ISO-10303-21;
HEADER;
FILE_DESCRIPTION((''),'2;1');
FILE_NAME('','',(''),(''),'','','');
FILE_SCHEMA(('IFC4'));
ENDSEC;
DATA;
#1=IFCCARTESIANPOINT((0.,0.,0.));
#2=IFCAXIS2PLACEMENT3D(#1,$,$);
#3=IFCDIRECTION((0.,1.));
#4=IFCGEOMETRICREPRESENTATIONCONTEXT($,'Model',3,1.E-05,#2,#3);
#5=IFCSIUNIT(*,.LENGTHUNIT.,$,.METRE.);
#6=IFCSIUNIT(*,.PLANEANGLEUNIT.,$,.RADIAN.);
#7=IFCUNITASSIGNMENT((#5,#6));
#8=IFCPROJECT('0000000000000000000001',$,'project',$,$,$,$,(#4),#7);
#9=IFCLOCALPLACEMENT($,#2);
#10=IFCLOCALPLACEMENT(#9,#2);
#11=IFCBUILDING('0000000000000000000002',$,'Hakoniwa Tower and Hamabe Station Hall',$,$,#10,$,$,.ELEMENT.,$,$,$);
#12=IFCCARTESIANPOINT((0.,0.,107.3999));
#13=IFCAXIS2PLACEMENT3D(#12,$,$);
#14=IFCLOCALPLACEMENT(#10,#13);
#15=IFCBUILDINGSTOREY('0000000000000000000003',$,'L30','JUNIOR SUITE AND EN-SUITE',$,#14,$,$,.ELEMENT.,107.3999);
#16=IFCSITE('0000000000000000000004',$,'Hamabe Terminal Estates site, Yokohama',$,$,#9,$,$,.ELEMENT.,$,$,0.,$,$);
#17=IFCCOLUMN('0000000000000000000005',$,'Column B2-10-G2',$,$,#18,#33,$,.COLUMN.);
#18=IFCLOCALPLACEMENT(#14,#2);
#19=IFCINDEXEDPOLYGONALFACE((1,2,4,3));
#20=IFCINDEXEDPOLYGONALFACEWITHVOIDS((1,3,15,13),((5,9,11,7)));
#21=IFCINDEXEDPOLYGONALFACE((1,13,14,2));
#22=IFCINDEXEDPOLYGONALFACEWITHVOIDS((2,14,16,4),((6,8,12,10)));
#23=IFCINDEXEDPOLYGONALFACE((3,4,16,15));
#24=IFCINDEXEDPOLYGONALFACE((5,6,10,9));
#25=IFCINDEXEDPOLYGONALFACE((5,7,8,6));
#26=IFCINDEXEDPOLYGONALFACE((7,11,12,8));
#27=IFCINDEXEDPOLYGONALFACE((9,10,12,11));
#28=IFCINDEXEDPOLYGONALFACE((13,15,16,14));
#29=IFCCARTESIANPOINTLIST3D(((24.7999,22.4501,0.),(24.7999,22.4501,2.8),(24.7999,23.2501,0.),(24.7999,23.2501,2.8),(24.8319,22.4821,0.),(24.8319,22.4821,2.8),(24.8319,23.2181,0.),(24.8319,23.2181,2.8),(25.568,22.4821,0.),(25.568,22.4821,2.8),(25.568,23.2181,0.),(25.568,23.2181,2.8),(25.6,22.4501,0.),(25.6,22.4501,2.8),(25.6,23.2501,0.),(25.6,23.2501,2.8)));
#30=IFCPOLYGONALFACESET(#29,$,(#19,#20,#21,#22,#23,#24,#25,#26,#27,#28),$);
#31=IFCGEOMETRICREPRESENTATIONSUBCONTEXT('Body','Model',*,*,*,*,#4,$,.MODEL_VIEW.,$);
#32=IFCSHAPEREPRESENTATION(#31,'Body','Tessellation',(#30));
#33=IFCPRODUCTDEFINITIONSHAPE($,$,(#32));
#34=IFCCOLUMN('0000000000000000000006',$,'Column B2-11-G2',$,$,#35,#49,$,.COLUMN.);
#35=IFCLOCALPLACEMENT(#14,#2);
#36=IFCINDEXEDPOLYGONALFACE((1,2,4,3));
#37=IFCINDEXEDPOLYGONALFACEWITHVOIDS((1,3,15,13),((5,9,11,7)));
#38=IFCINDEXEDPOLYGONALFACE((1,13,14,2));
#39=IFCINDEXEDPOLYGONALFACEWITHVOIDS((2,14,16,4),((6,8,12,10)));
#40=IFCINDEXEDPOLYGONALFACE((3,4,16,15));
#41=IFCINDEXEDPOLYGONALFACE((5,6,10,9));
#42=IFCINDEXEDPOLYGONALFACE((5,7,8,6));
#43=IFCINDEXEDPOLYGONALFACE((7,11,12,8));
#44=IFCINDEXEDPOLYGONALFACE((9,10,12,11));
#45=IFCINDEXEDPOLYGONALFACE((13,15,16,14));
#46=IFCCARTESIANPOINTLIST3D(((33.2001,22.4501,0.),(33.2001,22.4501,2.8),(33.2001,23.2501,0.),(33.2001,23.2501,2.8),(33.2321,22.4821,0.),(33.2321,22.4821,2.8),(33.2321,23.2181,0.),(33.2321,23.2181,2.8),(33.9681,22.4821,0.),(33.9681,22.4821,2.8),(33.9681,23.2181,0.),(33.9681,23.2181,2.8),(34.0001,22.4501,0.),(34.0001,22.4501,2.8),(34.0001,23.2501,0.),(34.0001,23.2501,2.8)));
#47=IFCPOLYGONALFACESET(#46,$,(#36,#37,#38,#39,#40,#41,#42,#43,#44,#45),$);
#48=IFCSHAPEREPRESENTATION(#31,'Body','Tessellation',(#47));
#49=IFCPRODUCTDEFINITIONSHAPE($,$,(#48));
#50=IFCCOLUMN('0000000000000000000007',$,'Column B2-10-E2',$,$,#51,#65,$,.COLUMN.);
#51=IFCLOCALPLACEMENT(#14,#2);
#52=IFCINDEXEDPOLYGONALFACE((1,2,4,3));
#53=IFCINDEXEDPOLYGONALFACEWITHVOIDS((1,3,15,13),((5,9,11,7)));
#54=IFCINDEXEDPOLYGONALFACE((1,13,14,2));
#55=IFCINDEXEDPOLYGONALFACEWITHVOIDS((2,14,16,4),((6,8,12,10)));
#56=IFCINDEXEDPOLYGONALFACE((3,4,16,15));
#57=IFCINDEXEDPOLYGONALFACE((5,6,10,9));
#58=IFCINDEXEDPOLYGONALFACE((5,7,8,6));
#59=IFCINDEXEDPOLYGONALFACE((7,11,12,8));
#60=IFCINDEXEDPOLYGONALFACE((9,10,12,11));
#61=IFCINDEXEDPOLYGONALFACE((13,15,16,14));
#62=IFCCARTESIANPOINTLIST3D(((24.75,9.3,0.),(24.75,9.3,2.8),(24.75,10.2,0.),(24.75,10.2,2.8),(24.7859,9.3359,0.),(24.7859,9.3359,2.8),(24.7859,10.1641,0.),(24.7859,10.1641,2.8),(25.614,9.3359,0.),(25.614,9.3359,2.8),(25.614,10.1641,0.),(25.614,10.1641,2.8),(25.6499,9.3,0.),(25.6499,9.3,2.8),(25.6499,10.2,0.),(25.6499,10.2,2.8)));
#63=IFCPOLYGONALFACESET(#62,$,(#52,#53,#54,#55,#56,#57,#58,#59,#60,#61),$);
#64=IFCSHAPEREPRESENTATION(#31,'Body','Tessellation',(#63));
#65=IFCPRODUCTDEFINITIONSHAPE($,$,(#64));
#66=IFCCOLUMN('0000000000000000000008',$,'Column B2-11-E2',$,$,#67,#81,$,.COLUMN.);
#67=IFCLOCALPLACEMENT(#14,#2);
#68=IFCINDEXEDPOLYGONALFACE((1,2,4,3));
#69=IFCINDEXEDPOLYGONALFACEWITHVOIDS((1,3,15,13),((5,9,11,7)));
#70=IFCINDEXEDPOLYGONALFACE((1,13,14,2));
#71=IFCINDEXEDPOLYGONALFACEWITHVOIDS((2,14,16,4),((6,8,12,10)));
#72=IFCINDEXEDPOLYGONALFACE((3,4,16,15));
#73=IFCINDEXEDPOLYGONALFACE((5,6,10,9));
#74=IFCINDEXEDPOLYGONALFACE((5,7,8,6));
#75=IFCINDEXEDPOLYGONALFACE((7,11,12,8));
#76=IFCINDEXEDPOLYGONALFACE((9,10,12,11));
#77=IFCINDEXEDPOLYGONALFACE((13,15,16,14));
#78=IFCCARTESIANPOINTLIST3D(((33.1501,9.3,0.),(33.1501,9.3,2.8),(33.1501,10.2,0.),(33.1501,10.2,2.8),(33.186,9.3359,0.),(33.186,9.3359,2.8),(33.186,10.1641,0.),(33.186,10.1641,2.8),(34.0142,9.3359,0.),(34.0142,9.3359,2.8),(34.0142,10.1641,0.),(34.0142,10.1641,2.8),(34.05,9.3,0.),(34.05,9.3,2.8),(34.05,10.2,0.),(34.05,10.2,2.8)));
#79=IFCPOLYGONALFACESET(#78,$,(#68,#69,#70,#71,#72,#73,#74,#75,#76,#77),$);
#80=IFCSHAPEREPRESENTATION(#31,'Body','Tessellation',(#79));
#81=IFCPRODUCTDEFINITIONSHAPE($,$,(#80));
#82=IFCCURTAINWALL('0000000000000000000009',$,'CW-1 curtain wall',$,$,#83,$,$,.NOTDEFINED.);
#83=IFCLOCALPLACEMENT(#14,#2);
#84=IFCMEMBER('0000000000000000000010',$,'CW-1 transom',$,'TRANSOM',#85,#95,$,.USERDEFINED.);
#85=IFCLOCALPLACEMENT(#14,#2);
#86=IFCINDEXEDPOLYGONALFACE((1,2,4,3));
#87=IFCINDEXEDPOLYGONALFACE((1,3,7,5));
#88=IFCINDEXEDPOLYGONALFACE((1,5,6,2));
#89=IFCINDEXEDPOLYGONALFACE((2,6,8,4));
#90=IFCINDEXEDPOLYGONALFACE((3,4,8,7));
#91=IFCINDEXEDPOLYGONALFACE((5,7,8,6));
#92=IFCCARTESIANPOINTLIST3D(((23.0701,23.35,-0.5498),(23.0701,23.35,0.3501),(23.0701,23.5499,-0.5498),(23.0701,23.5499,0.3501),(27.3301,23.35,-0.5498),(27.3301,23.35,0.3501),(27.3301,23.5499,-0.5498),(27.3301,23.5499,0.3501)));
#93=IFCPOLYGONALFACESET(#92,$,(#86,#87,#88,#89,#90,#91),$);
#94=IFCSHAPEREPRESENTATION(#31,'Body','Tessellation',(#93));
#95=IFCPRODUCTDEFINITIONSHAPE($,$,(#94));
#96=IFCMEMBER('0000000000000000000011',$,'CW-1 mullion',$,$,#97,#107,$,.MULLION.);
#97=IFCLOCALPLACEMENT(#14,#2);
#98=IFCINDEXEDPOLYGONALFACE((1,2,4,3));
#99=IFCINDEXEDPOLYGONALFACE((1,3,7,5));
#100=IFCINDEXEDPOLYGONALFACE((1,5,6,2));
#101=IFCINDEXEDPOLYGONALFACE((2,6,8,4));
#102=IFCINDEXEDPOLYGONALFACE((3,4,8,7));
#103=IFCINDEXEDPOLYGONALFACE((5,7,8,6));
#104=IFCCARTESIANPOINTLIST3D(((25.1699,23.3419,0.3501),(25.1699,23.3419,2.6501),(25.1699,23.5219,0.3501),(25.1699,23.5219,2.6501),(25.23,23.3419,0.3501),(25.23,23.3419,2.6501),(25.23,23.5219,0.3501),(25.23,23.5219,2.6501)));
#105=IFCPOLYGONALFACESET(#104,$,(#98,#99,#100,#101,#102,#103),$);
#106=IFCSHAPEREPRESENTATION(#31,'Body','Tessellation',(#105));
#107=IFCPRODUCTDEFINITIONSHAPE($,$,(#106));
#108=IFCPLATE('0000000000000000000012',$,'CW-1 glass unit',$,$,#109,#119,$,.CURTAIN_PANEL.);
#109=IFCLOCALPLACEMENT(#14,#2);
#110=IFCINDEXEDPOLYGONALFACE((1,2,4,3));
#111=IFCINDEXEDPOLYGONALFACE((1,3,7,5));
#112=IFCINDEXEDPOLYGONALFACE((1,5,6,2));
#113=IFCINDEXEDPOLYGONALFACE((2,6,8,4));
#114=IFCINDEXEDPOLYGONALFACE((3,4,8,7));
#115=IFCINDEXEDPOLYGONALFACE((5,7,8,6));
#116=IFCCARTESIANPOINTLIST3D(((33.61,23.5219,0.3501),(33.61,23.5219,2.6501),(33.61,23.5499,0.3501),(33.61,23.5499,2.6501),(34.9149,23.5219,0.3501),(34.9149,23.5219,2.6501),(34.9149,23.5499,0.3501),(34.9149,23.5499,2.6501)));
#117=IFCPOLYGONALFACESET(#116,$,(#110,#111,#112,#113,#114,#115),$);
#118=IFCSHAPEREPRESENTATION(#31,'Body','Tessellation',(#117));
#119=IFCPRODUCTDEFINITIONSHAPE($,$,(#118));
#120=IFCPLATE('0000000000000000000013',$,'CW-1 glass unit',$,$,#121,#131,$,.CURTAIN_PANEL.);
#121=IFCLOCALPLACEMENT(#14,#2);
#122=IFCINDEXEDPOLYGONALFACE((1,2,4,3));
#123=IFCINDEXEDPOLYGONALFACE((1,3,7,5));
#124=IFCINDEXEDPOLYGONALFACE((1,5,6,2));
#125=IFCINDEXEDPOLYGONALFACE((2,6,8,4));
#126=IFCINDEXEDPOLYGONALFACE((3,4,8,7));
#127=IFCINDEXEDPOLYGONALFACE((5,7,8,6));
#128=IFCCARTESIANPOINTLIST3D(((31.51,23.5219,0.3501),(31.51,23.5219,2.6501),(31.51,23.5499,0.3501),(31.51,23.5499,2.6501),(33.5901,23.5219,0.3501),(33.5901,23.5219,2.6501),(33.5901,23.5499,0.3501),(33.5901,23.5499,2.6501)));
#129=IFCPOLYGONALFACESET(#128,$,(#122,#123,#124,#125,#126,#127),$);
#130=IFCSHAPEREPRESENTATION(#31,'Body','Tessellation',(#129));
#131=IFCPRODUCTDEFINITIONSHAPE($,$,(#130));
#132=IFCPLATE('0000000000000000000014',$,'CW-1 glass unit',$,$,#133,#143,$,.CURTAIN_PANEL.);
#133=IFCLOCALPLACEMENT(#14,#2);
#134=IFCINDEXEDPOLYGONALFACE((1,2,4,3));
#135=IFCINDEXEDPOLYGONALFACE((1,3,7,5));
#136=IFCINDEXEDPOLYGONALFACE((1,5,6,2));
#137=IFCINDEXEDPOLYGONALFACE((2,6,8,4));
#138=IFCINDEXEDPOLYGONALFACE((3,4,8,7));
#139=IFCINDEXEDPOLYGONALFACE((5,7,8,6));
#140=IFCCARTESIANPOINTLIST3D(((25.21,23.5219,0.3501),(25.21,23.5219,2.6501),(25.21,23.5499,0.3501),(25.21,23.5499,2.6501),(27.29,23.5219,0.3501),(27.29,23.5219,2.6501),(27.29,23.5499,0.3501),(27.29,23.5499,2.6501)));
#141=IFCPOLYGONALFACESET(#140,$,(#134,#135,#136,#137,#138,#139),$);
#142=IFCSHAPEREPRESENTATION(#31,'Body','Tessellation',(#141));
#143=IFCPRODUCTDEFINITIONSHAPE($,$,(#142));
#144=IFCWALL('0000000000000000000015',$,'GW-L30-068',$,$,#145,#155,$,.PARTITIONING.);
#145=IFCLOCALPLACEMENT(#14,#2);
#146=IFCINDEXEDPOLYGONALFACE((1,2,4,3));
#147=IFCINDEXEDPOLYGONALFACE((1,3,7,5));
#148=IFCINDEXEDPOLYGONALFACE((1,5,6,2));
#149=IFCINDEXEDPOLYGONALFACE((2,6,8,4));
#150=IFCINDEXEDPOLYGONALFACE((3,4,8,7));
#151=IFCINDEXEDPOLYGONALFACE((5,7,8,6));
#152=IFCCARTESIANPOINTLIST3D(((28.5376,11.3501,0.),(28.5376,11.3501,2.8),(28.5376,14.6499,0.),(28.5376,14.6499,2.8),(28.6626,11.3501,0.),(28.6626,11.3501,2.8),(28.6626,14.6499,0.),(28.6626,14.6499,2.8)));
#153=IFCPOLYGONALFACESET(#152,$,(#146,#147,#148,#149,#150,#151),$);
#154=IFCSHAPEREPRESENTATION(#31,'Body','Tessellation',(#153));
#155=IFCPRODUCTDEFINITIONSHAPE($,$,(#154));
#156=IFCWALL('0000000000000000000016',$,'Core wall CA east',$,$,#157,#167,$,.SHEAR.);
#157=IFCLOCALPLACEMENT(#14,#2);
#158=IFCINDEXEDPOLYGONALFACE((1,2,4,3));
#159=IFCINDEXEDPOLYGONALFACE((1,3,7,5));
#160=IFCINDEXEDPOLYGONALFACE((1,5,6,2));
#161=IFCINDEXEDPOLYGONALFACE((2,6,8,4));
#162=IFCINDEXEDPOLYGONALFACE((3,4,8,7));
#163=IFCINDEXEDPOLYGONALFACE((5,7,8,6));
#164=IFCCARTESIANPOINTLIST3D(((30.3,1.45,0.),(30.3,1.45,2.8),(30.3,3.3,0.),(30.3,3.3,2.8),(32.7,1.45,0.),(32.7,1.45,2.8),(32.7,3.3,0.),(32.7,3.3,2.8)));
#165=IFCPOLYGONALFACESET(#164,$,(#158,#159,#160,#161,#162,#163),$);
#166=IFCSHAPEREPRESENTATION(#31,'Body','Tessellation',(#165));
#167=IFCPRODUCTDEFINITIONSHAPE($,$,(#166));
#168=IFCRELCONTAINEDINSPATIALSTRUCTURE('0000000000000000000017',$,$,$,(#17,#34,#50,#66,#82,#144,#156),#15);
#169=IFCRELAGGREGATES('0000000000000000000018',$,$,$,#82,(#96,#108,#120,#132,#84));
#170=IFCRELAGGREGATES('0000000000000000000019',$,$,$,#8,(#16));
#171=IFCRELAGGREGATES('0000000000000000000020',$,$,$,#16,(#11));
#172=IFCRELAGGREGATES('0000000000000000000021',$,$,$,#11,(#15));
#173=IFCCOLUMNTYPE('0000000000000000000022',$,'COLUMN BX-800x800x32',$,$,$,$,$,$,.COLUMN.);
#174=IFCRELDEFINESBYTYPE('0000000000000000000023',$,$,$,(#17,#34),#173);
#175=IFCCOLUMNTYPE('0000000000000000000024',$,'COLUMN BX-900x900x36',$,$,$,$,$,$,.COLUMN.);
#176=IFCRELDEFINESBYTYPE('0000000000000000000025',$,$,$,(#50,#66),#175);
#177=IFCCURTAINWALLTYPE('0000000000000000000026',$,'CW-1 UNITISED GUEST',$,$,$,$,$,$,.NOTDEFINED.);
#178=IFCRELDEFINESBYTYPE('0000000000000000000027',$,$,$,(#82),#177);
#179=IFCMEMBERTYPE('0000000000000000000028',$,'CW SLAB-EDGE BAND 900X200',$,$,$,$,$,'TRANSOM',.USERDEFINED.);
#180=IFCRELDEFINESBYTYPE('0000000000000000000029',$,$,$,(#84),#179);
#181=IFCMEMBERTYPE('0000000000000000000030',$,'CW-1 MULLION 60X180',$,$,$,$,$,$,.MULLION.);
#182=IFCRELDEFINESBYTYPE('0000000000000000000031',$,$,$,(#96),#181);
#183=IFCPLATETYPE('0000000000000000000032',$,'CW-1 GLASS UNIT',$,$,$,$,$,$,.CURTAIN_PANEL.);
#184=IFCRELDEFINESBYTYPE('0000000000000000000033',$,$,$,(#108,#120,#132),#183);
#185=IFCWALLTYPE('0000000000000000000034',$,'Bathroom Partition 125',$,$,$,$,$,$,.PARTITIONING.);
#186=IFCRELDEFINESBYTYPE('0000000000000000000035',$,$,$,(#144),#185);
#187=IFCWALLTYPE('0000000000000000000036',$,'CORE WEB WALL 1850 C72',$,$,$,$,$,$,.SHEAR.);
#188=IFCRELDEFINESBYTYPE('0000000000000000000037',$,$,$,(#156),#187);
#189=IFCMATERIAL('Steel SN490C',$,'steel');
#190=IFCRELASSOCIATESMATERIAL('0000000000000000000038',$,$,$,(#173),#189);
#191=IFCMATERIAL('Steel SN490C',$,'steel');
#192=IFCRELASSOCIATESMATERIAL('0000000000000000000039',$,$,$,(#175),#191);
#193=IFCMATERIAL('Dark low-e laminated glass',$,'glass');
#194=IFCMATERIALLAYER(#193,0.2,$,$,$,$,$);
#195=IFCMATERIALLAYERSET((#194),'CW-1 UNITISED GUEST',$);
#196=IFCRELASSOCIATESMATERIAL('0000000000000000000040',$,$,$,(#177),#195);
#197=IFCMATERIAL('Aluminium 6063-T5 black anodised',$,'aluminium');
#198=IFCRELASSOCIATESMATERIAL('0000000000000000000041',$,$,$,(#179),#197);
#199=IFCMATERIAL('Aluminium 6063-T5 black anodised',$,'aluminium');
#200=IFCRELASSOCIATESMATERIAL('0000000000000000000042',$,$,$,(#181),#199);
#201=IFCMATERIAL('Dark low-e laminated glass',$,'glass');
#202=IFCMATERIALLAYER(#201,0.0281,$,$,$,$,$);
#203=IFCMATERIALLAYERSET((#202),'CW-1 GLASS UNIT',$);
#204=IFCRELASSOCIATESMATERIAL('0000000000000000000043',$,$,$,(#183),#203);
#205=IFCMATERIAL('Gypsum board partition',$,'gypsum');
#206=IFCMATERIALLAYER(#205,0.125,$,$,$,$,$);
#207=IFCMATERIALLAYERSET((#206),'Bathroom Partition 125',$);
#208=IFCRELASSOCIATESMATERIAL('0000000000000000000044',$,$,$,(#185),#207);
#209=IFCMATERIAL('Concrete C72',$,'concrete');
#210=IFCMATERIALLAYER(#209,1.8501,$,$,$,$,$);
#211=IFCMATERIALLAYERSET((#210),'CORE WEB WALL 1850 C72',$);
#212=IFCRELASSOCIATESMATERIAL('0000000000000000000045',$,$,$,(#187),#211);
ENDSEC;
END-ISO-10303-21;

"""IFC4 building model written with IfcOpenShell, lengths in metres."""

from ifc_helpers import new_model, si_unit, direction, frame, frame_2d, origin, origin_2d, place, context, subcontext, project, spatial, rectangle, hollow_rectangle, extrude, material, layer, layer_set, material_profile, profile_set, type_object, element, aggregate, save


model = new_model("IFC4")

# Units and contexts
model_context = context("Model", 3, precision=1e-05, world=origin(), true_north=direction((0.0, 1.0)))
body_context = subcontext(model_context, "Body", "Model", "MODEL_VIEW")
ifc_project = project(units=[si_unit("LENGTHUNIT", "METRE"), si_unit("PLANEANGLEUNIT", "RADIAN")], contexts=[model_context])

# Site, building, storey
site_placement = place(None, origin())
site = spatial("IfcSite", under=ifc_project, at=site_placement, Name="Hamabe Terminal Estates site, Yokohama", CompositionType="ELEMENT", RefElevation=0.0)
building_placement = place(site_placement, origin())
building = spatial("IfcBuilding", under=site, at=building_placement, Name="Hakoniwa Tower and Hamabe Station Hall", CompositionType="ELEMENT")
storey_placement = place(building_placement, frame((0.0, 0.0, 107.3999)))
storey = spatial("IfcBuildingStorey", under=building, at=storey_placement, Name="L30", Description="JUNIOR SUITE AND EN-SUITE", CompositionType="ELEMENT", Elevation=107.3999)

# Columns
ifc_material_1 = material(Name="Steel SN490C", Category="steel")
ifc_material_profile_1 = material_profile(ifc_material_1, hollow_rectangle(XDim=0.8, YDim=0.8, WallThickness=0.032, at=origin_2d()), Name="BX-800x800x32")
ifc_profile_set_1 = profile_set([ifc_material_profile_1], Name="Steel SN490C")
column_type_1 = type_object("IfcColumnType", Name="COLUMN BX-800x800x32", PredefinedType="COLUMN", material=ifc_profile_set_1)
for number, where, z_axis, x_axis, name in (
    (1, (25.2, 22.8501, 0.0), (0.0, 0.0, 1.0), (1.0, 0.0, 0.0), "Column B2-10-G2"),
    (2, (33.6001, 22.8501, 0.0), (0.0, 0.0, 1.0), (1.0, 0.0, 0.0), "Column B2-11-G2"),
):
    element("IfcColumn", number, at=place(storey_placement, frame(where, z_axis=z_axis, x_axis=x_axis)), inside=storey, type_object=column_type_1, Name=name, PredefinedType="COLUMN", context=body_context, shape_type="SweptSolid", body=[
        extrude(hollow_rectangle(XDim=0.8, YDim=0.8, WallThickness=0.032, at=origin_2d()), origin(), (0.0, 0.0, 1.0), 2.8),
    ])
ifc_material_2 = material(Name="Steel SN490C", Category="steel")
ifc_material_profile_2 = material_profile(ifc_material_2, hollow_rectangle(XDim=0.8999, YDim=0.8999, WallThickness=0.0359, at=origin_2d()), Name="BX-900x900x36")
ifc_profile_set_2 = profile_set([ifc_material_profile_2], Name="Steel SN490C")
column_type_2 = type_object("IfcColumnType", Name="COLUMN BX-900x900x36", PredefinedType="COLUMN", material=ifc_profile_set_2)
for number, where, z_axis, x_axis, name in (
    (3, (25.2, 9.75, 0.0), (0.0, 0.0, 1.0), (1.0, 0.0, 0.0), "Column B2-10-E2"),
    (4, (33.6001, 9.75, 0.0), (0.0, 0.0, 1.0), (1.0, 0.0, 0.0), "Column B2-11-E2"),
):
    element("IfcColumn", number, at=place(storey_placement, frame(where, z_axis=z_axis, x_axis=x_axis)), inside=storey, type_object=column_type_2, Name=name, PredefinedType="COLUMN", context=body_context, shape_type="SweptSolid", body=[
        extrude(hollow_rectangle(XDim=0.8999, YDim=0.8999, WallThickness=0.0359, at=origin_2d()), origin(), (0.0, 0.0, 1.0), 2.8),
    ])

# Curtain wall, members, plates
ifc_material_3 = material(Name="Dark low-e laminated glass", Category="glass")
ifc_layer_1 = layer(ifc_material_3, 0.2)
ifc_layer_set_1 = layer_set([ifc_layer_1], Name="CW-1 UNITISED GUEST")
curtain_wall_type = type_object("IfcCurtainWallType", Name="CW-1 UNITISED GUEST", PredefinedType="NOTDEFINED", material=ifc_layer_set_1)
curtain_wall_placement = place(storey_placement, origin())
curtain_wall = element("IfcCurtainWall", 5, at=curtain_wall_placement, inside=storey, type_object=curtain_wall_type, Name="CW-1 curtain wall", PredefinedType="NOTDEFINED")
ifc_material_4 = material(Name="Aluminium 6063-T5 black anodised", Category="aluminium")
ifc_material_profile_3 = material_profile(ifc_material_4, rectangle(XDim=0.2, YDim=0.8999, at=origin_2d()), Name="CW SLAB-EDGE BAND 900X200")
ifc_profile_set_3 = profile_set([ifc_material_profile_3], Name="Aluminium 6063-T5 black anodised")
member_type_1 = type_object("IfcMemberType", Name="CW SLAB-EDGE BAND 900X200", ElementType="TRANSOM", PredefinedType="USERDEFINED", material=ifc_profile_set_3)
member_1_placement = place(storey_placement, frame((27.3301, 23.45, -0.0999), z_axis=(-1.0, 0.0, 0.0), x_axis=(0.0, -1.0, 0.0)))
member_1 = element("IfcMember", 6, at=member_1_placement, type_object=member_type_1, Name="CW-1 transom", ObjectType="TRANSOM", PredefinedType="USERDEFINED", context=body_context, shape_type="SweptSolid", body=[
    extrude(rectangle(XDim=0.2, YDim=0.8999, at=origin_2d()), origin(), (0.0, 0.0, 1.0), 4.26),
])
ifc_material_5 = material(Name="Aluminium 6063-T5 black anodised", Category="aluminium")
ifc_material_profile_4 = material_profile(ifc_material_5, rectangle(XDim=0.0601, YDim=0.1799, at=origin_2d()), Name="CW-1 MULLION 60X180")
ifc_profile_set_4 = profile_set([ifc_material_profile_4], Name="Aluminium 6063-T5 black anodised")
member_type_2 = type_object("IfcMemberType", Name="CW-1 MULLION 60X180", PredefinedType="MULLION", material=ifc_profile_set_4)
member_2_placement = place(storey_placement, frame((25.2, 23.4319, 0.3501), z_axis=(0.0, 0.0, 1.0), x_axis=(-1.0, 0.0, 0.0)))
member_2 = element("IfcMember", 7, at=member_2_placement, type_object=member_type_2, Name="CW-1 mullion", PredefinedType="MULLION", context=body_context, shape_type="SweptSolid", body=[
    extrude(rectangle(XDim=0.0601, YDim=0.1799, at=origin_2d()), origin(), (0.0, 0.0, 1.0), 2.3),
])
ifc_material_6 = material(Name="Dark low-e laminated glass", Category="glass")
ifc_layer_2 = layer(ifc_material_6, 0.0281)
ifc_layer_set_2 = layer_set([ifc_layer_2], Name="CW-1 GLASS UNIT")
plate_type = type_object("IfcPlateType", Name="CW-1 GLASS UNIT", PredefinedType="CURTAIN_PANEL", material=ifc_layer_set_2)
plate_1_placement = place(storey_placement, frame((34.2625, 23.5359, 0.3501), z_axis=(0.0, 0.0, 1.0), x_axis=(-1.0, 0.0, 0.0)))
plate_1 = element("IfcPlate", 8, at=plate_1_placement, type_object=plate_type, Name="CW-1 glass unit", PredefinedType="CURTAIN_PANEL", context=body_context, shape_type="SweptSolid", body=[
    extrude(rectangle(XDim=1.3049, YDim=0.0281, at=origin_2d()), origin(), (0.0, 0.0, 1.0), 2.3),
])
plate_2_placement = place(storey_placement, frame((32.55, 23.5359, 0.3501), z_axis=(0.0, 0.0, 1.0), x_axis=(-1.0, 0.0, 0.0)))
plate_2 = element("IfcPlate", 9, at=plate_2_placement, type_object=plate_type, Name="CW-1 glass unit", PredefinedType="CURTAIN_PANEL", context=body_context, shape_type="SweptSolid", body=[
    extrude(rectangle(XDim=2.0801, YDim=0.0281, at=origin_2d()), origin(), (0.0, 0.0, 1.0), 2.3),
])
plate_3_placement = place(storey_placement, frame((26.25, 23.5359, 0.3501), z_axis=(0.0, 0.0, 1.0), x_axis=(-1.0, 0.0, 0.0)))
plate_3 = element("IfcPlate", 10, at=plate_3_placement, type_object=plate_type, Name="CW-1 glass unit", PredefinedType="CURTAIN_PANEL", context=body_context, shape_type="SweptSolid", body=[
    extrude(rectangle(XDim=2.0801, YDim=0.0281, at=origin_2d()), origin(), (0.0, 0.0, 1.0), 2.3),
])

# Walls
ifc_material_7 = material(Name="Gypsum board partition", Category="gypsum")
ifc_layer_3 = layer(ifc_material_7, 0.125)
ifc_layer_set_3 = layer_set([ifc_layer_3], Name="Bathroom Partition 125")
wall_type_1 = type_object("IfcWallType", Name="Bathroom Partition 125", PredefinedType="PARTITIONING", material=ifc_layer_set_3)
wall_1_placement = place(storey_placement, frame((28.6001, 11.3501, 0.0), z_axis=(0.0, 0.0, 1.0), x_axis=(0.0, 1.0, 0.0)))
element("IfcWall", 11, at=wall_1_placement, inside=storey, type_object=wall_type_1, Name="GW-L30-068", PredefinedType="PARTITIONING", context=body_context, shape_type="SweptSolid", body=[
    extrude(rectangle(XDim=3.2998, YDim=0.125, at=frame_2d((1.6499, 0.0))), origin(), (0.0, 0.0, 1.0), 2.8),
])
ifc_material_8 = material(Name="Concrete C72", Category="concrete")
ifc_layer_4 = layer(ifc_material_8, 1.8501)
ifc_layer_set_4 = layer_set([ifc_layer_4], Name="CORE WEB WALL 1850 C72")
wall_type_2 = type_object("IfcWallType", Name="CORE WEB WALL 1850 C72", PredefinedType="SHEAR", material=ifc_layer_set_4)
wall_2_placement = place(storey_placement, frame((30.3, 2.375, 0.0), z_axis=(0.0, 0.0, 1.0), x_axis=(1.0, 0.0, 0.0)))
element("IfcWall", 12, at=wall_2_placement, inside=storey, type_object=wall_type_2, Name="Core wall CA east", PredefinedType="SHEAR", context=body_context, shape_type="SweptSolid", body=[
    extrude(rectangle(XDim=2.3999, YDim=1.8501, at=frame_2d((1.2, 0.0))), origin(), (0.0, 0.0, 1.0), 2.8),
])

aggregate(curtain_wall, [member_2, plate_1, plate_2, plate_3, member_1])

save(model, "model.ifc")
